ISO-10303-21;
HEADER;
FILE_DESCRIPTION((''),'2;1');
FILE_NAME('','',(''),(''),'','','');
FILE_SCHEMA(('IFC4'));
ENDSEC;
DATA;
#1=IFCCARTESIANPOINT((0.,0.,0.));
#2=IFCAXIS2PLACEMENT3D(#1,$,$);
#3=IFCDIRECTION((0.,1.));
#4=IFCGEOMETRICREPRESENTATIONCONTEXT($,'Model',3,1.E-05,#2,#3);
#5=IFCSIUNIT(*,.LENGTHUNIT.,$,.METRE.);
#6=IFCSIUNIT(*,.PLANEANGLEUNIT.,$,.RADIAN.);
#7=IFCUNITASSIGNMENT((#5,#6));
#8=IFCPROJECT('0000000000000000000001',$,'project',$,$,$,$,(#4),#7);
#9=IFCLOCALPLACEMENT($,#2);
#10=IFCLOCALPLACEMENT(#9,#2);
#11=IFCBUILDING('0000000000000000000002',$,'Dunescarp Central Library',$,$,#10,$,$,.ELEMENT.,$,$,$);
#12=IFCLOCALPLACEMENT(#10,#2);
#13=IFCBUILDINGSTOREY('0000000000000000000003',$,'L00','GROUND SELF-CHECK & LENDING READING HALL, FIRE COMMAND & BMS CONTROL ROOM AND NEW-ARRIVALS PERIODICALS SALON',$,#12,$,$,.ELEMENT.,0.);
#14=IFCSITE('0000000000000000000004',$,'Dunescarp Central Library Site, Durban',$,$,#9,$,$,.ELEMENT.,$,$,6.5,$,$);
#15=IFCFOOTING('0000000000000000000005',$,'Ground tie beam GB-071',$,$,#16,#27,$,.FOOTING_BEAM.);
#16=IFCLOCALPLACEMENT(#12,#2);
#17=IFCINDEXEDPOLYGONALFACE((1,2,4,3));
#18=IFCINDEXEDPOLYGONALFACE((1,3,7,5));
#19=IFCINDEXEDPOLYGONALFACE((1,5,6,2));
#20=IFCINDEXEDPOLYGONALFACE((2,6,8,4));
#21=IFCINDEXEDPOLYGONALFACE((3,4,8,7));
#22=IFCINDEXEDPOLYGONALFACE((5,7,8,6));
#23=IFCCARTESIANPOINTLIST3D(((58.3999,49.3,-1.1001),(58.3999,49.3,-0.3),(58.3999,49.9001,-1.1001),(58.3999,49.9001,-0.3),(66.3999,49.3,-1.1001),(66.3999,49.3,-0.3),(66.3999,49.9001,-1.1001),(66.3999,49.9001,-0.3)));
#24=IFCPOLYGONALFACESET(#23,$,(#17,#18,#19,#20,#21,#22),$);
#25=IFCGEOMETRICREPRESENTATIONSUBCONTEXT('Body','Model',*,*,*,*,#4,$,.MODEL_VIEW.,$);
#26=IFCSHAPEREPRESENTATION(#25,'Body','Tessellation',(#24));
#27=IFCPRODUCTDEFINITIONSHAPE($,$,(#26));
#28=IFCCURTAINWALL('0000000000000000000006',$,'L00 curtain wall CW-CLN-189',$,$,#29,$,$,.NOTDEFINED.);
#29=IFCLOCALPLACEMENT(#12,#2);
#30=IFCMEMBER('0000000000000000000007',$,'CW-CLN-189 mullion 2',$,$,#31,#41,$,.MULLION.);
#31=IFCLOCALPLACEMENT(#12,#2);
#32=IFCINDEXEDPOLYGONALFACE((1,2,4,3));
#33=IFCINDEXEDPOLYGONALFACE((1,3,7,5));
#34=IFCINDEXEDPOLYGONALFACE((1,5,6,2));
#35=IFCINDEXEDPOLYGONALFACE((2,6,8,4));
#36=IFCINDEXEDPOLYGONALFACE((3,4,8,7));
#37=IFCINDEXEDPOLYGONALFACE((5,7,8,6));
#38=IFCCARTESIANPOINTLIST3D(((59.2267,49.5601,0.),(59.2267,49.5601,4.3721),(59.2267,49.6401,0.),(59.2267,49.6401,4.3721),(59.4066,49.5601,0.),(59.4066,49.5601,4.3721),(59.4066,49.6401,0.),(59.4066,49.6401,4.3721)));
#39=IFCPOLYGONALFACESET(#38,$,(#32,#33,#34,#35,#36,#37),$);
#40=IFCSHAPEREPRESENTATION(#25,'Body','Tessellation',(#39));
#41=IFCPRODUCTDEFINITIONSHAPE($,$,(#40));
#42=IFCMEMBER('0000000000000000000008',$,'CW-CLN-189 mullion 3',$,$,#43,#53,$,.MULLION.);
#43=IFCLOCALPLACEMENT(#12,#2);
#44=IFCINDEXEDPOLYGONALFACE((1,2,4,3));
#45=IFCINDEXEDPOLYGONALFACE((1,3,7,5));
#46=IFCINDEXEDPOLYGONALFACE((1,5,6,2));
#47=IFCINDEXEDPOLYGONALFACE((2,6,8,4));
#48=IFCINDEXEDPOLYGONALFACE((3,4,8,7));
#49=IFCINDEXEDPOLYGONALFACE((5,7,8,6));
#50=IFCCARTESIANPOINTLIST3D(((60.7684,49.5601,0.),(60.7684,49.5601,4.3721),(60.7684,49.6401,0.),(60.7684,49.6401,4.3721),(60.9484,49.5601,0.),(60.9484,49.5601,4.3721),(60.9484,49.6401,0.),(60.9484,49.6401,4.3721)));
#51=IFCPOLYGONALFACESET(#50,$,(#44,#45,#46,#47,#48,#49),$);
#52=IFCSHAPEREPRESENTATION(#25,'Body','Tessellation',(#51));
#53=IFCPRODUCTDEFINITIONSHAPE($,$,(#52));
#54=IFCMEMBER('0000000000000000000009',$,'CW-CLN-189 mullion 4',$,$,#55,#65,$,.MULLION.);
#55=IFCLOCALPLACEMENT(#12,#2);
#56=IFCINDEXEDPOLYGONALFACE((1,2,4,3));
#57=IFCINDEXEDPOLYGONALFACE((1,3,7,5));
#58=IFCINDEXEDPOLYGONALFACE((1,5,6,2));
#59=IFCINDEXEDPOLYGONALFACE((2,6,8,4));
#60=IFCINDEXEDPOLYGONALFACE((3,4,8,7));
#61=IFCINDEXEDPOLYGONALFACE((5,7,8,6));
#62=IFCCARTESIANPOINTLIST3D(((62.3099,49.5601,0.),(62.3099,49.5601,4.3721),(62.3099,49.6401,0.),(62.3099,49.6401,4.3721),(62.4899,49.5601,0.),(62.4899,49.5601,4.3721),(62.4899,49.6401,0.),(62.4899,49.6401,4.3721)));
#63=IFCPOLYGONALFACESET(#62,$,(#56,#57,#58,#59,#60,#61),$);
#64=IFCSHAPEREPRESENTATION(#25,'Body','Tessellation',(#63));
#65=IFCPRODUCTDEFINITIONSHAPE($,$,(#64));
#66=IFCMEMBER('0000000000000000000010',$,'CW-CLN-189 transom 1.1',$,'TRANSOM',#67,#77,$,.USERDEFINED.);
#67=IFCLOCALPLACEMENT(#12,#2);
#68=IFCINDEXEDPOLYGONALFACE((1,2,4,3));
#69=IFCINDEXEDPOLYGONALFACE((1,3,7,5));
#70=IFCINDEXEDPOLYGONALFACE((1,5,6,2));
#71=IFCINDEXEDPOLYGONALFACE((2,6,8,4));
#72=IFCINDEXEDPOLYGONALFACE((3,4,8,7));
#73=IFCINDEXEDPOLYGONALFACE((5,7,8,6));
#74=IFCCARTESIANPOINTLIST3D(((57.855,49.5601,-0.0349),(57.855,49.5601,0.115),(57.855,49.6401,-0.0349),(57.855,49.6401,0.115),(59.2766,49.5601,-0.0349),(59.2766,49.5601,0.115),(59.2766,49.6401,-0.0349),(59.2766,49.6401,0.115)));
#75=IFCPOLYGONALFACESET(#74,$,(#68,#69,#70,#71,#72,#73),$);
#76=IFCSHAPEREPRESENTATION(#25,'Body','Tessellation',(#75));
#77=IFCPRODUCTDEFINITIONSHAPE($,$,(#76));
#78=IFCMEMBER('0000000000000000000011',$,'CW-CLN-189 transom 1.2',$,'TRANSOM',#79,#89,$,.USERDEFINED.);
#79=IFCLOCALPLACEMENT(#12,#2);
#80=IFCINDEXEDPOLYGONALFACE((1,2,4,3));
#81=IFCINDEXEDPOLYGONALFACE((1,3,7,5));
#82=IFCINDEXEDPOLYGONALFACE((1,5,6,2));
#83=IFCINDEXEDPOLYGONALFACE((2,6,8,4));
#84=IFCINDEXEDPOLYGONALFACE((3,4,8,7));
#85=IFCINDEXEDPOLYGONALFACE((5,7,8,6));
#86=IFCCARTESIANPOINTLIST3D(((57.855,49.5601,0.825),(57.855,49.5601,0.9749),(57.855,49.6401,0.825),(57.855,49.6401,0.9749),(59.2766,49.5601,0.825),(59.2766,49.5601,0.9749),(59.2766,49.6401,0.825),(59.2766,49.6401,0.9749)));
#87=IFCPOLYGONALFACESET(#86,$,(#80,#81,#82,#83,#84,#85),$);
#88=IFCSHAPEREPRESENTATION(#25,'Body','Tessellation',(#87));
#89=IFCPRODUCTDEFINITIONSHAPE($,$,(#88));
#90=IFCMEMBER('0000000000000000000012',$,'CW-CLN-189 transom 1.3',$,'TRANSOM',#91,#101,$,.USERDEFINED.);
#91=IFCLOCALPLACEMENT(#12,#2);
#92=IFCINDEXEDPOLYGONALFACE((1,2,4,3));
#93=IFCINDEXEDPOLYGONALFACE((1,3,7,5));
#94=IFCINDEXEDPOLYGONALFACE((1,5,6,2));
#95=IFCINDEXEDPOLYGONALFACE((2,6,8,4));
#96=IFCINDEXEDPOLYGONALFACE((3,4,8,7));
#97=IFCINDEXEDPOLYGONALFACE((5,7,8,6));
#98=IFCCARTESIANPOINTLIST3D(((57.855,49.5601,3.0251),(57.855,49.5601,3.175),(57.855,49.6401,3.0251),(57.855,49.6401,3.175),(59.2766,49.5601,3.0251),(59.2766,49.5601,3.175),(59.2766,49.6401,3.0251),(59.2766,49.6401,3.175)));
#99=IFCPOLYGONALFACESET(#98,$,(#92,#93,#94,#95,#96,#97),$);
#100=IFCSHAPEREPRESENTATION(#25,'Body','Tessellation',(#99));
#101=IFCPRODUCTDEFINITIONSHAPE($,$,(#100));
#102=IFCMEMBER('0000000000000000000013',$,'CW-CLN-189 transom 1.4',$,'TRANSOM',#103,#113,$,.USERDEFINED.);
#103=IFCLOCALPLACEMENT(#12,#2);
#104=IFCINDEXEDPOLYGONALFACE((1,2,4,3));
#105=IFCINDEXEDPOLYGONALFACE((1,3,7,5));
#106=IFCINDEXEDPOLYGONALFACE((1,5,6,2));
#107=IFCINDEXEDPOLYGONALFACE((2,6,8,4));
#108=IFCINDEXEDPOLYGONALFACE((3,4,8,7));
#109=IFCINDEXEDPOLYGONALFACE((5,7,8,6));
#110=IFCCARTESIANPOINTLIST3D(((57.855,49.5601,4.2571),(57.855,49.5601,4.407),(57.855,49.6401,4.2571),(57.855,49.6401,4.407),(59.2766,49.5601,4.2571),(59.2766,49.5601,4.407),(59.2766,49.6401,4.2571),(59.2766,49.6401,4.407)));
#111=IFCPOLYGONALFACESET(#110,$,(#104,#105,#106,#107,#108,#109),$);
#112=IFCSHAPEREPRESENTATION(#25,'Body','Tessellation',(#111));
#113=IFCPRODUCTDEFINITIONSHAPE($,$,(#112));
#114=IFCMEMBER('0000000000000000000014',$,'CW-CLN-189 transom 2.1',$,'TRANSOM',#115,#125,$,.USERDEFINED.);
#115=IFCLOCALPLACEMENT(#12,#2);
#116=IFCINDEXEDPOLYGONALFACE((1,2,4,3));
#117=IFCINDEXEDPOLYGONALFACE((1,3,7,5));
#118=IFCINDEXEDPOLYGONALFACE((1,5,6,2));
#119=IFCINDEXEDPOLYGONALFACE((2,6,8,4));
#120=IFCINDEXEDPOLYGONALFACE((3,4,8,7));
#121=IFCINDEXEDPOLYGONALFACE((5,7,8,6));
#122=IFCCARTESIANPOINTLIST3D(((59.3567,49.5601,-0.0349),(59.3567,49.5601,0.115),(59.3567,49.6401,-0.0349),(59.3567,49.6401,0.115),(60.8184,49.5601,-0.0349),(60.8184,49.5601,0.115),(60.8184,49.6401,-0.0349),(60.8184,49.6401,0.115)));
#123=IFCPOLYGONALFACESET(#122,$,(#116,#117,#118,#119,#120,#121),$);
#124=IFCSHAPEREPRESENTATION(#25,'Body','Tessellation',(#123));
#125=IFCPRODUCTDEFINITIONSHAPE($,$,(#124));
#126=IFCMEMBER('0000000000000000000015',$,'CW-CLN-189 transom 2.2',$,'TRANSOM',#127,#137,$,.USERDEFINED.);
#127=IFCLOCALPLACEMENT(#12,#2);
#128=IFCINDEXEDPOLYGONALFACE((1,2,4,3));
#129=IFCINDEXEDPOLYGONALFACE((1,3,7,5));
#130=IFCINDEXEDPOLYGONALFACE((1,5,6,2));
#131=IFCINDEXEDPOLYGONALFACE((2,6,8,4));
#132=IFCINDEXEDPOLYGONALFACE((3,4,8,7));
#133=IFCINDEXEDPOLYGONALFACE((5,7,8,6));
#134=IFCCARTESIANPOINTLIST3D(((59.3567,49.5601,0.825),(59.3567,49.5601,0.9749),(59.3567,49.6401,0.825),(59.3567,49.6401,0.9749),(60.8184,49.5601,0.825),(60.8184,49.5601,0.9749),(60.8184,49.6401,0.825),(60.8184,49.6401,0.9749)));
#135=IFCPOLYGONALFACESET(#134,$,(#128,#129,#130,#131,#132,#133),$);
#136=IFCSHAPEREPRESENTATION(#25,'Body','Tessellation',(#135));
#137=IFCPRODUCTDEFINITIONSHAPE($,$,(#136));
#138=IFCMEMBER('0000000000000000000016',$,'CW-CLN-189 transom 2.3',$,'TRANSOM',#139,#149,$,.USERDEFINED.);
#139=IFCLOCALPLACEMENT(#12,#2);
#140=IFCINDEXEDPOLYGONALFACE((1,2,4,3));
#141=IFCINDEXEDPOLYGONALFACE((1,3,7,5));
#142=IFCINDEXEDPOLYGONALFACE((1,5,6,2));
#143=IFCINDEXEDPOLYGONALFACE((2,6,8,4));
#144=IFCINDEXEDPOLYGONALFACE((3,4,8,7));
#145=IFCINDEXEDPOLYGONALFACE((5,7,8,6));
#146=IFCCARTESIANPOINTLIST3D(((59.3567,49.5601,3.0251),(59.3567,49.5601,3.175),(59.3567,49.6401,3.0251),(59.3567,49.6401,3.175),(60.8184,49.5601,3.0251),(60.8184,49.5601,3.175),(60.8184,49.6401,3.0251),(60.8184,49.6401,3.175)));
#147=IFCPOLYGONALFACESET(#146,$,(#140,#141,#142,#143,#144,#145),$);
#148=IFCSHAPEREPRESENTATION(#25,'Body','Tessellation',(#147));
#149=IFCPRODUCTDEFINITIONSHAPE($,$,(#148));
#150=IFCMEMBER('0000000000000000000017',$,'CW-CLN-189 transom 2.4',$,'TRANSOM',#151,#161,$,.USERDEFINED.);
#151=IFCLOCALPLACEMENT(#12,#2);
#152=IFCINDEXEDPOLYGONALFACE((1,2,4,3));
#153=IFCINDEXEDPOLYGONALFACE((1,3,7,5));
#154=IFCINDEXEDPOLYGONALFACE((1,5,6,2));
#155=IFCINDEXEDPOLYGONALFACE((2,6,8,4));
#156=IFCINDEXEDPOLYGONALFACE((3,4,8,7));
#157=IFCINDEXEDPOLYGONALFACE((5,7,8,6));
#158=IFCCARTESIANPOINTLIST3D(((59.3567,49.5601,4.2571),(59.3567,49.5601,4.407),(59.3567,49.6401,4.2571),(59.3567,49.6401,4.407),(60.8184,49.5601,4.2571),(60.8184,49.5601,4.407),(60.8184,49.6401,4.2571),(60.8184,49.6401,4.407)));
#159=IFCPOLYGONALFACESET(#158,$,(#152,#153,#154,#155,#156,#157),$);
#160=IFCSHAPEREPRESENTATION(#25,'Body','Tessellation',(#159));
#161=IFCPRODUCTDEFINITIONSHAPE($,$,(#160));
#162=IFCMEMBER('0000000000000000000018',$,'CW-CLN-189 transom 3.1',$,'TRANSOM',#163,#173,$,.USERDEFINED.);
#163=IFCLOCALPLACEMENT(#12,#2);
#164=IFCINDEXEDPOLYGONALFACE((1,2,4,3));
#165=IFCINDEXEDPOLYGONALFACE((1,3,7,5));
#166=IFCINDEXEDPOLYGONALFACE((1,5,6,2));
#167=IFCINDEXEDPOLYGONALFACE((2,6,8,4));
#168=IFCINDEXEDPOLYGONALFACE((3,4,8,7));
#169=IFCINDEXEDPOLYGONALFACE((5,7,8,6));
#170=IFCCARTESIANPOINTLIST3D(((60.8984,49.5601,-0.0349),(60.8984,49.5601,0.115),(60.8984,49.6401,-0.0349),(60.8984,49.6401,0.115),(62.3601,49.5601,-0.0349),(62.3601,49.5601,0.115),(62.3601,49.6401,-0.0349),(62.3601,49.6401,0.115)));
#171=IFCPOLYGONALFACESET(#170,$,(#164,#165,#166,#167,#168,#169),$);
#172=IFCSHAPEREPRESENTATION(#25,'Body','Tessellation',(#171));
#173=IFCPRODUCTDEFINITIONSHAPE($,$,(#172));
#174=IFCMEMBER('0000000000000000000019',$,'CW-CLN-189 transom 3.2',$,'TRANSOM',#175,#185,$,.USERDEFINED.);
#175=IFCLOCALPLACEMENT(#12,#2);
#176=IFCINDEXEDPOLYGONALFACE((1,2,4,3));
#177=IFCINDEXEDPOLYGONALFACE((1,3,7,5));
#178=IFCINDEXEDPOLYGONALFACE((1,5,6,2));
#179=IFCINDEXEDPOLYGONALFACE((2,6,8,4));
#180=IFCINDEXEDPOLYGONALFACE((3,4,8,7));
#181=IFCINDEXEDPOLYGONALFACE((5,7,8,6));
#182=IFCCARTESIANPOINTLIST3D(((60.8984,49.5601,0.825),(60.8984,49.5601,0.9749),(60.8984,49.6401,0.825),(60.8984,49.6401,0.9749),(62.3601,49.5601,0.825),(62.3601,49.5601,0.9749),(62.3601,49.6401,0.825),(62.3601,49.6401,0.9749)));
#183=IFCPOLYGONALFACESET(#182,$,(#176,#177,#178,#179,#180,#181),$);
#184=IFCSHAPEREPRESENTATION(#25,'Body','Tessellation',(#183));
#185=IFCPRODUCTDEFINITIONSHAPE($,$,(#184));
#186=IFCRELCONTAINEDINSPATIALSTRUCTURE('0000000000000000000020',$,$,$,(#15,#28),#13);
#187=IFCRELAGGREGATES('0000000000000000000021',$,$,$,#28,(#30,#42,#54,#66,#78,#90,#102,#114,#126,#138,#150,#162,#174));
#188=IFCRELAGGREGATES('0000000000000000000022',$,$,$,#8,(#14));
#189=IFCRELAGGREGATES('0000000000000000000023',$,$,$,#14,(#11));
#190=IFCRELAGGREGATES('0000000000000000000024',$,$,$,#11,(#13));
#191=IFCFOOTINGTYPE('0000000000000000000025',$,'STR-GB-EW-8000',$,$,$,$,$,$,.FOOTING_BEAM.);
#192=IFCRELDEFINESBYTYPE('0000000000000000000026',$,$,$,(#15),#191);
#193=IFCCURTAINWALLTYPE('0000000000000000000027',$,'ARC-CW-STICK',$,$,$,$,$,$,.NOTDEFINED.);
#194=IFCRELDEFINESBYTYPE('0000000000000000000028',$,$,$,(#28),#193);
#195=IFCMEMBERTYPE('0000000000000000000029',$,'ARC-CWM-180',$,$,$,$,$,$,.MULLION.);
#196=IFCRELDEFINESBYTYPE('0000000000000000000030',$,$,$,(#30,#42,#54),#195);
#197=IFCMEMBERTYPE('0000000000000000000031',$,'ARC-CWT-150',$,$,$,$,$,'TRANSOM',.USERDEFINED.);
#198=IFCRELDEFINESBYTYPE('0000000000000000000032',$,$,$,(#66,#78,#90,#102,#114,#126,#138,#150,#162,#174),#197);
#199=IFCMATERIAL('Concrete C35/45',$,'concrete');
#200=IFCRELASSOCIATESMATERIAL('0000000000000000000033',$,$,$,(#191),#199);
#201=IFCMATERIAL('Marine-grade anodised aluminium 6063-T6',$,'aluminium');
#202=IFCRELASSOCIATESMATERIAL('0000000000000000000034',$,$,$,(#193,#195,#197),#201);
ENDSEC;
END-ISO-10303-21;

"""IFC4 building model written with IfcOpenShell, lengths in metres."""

from ifc_helpers import new_model, si_unit, direction, frame, origin, origin_2d, place, context, subcontext, project, spatial, rectangle, extrude, material, material_profile, profile_set, type_object, element, aggregate, save


model = new_model("IFC4")

# Units and contexts
model_context = context("Model", 3, precision=1e-05, world=origin(), true_north=direction((0.0, 1.0)))
body_context = subcontext(model_context, "Body", "Model", "MODEL_VIEW")
ifc_project = project(units=[si_unit("LENGTHUNIT", "METRE"), si_unit("PLANEANGLEUNIT", "RADIAN")], contexts=[model_context])

# Site, building, storey
site_placement = place(None, origin())
site = spatial("IfcSite", under=ifc_project, at=site_placement, Name="Dunescarp Central Library Site, Durban", CompositionType="ELEMENT", RefElevation=6.5)
building_placement = place(site_placement, origin())
building = spatial("IfcBuilding", under=site, at=building_placement, Name="Dunescarp Central Library", CompositionType="ELEMENT")
storey_placement = place(building_placement, origin())
storey = spatial("IfcBuildingStorey", under=building, at=storey_placement, Name="L00", Description="GROUND SELF-CHECK & LENDING READING HALL, FIRE COMMAND & BMS CONTROL ROOM AND NEW-ARRIVALS PERIODICALS SALON", CompositionType="ELEMENT", Elevation=0.0)

# Footing
ifc_material_1 = material(Name="Concrete C35/45", Category="concrete")
footing_type = type_object("IfcFootingType", Name="STR-GB-EW-8000", PredefinedType="FOOTING_BEAM", material=ifc_material_1)
footing_placement = place(storey_placement, frame((62.3999, 49.6001, -1.1001), z_axis=(0.0, 0.0, 1.0), x_axis=(1.0, 0.0, 0.0)))
element("IfcFooting", 1, at=footing_placement, inside=storey, type_object=footing_type, Name="Ground tie beam GB-071", PredefinedType="FOOTING_BEAM", context=body_context, shape_type="SweptSolid", body=[
    extrude(rectangle(XDim=8.0, YDim=0.6001, at=origin_2d()), origin(), (0.0, 0.0, 1.0), 0.8),
])

# Curtain wall, members
ifc_material_2 = material(Name="Marine-grade anodised aluminium 6063-T6", Category="aluminium")
curtain_wall_type = type_object("IfcCurtainWallType", Name="ARC-CW-STICK", PredefinedType="NOTDEFINED", material=ifc_material_2)
curtain_wall_placement = place(storey_placement, origin())
curtain_wall = element("IfcCurtainWall", 2, at=curtain_wall_placement, inside=storey, type_object=curtain_wall_type, Name="L00 curtain wall CW-CLN-189", PredefinedType="NOTDEFINED")
ifc_material_profile_1 = material_profile(ifc_material_2, rectangle(XDim=0.0801, YDim=0.1799, at=origin_2d()), Name="AL 80x180")
ifc_profile_set_1 = profile_set([ifc_material_profile_1], Name="Marine-grade anodised aluminium 6063-T6")
member_type_1 = type_object("IfcMemberType", Name="ARC-CWM-180", PredefinedType="MULLION", material=ifc_profile_set_1)
member_1_placement = place(storey_placement, frame((59.3167, 49.6001, 0.0), z_axis=(0.0, 0.0, 1.0), x_axis=(0.0, 1.0, 0.0)))
member_1 = element("IfcMember", 3, at=member_1_placement, type_object=member_type_1, Name="CW-CLN-189 mullion 2", PredefinedType="MULLION", context=body_context, shape_type="SweptSolid", body=[
    extrude(rectangle(XDim=0.0801, YDim=0.1799, at=origin_2d()), origin(), (0.0, 0.0, 1.0), 4.3721),
])
member_2_placement = place(storey_placement, frame((60.8584, 49.6001, 0.0), z_axis=(0.0, 0.0, 1.0), x_axis=(0.0, 1.0, 0.0)))
member_2 = element("IfcMember", 4, at=member_2_placement, type_object=member_type_1, Name="CW-CLN-189 mullion 3", PredefinedType="MULLION", context=body_context, shape_type="SweptSolid", body=[
    extrude(rectangle(XDim=0.0801, YDim=0.1799, at=origin_2d()), origin(), (0.0, 0.0, 1.0), 4.3721),
])
member_3_placement = place(storey_placement, frame((62.3999, 49.6001, 0.0), z_axis=(0.0, 0.0, 1.0), x_axis=(0.0, 1.0, 0.0)))
member_3 = element("IfcMember", 5, at=member_3_placement, type_object=member_type_1, Name="CW-CLN-189 mullion 4", PredefinedType="MULLION", context=body_context, shape_type="SweptSolid", body=[
    extrude(rectangle(XDim=0.0801, YDim=0.1799, at=origin_2d()), origin(), (0.0, 0.0, 1.0), 4.3721),
])
ifc_material_profile_2 = material_profile(ifc_material_2, rectangle(XDim=0.0801, YDim=0.1499, at=origin_2d()), Name="AL 80x150")
ifc_profile_set_2 = profile_set([ifc_material_profile_2], Name="Marine-grade anodised aluminium 6063-T6")
member_type_2 = type_object("IfcMemberType", Name="ARC-CWT-150", ElementType="TRANSOM", PredefinedType="USERDEFINED", material=ifc_profile_set_2)
member_4_placement = place(storey_placement, frame((57.855, 49.6001, 0.04), z_axis=(1.0, 0.0, 0.0), x_axis=(0.0, 1.0, 0.0)))
member_4 = element("IfcMember", 6, at=member_4_placement, type_object=member_type_2, Name="CW-CLN-189 transom 1.1", ObjectType="TRANSOM", PredefinedType="USERDEFINED", context=body_context, shape_type="SweptSolid", body=[
    extrude(rectangle(XDim=0.0801, YDim=0.1499, at=origin_2d()), origin(), (0.0, 0.0, 1.0), 1.4216),
])
member_5_placement = place(storey_placement, frame((57.855, 49.6001, 0.8999), z_axis=(1.0, 0.0, 0.0), x_axis=(0.0, 1.0, 0.0)))
member_5 = element("IfcMember", 7, at=member_5_placement, type_object=member_type_2, Name="CW-CLN-189 transom 1.2", ObjectType="TRANSOM", PredefinedType="USERDEFINED", context=body_context, shape_type="SweptSolid", body=[
    extrude(rectangle(XDim=0.0801, YDim=0.1499, at=origin_2d()), origin(), (0.0, 0.0, 1.0), 1.4216),
])
member_6_placement = place(storey_placement, frame((57.855, 49.6001, 3.1001), z_axis=(1.0, 0.0, 0.0), x_axis=(0.0, 1.0, 0.0)))
member_6 = element("IfcMember", 8, at=member_6_placement, type_object=member_type_2, Name="CW-CLN-189 transom 1.3", ObjectType="TRANSOM", PredefinedType="USERDEFINED", context=body_context, shape_type="SweptSolid", body=[
    extrude(rectangle(XDim=0.0801, YDim=0.1499, at=origin_2d()), origin(), (0.0, 0.0, 1.0), 1.4216),
])
member_7_placement = place(storey_placement, frame((57.855, 49.6001, 4.332), z_axis=(1.0, 0.0, 0.0), x_axis=(0.0, 1.0, 0.0)))
member_7 = element("IfcMember", 9, at=member_7_placement, type_object=member_type_2, Name="CW-CLN-189 transom 1.4", ObjectType="TRANSOM", PredefinedType="USERDEFINED", context=body_context, shape_type="SweptSolid", body=[
    extrude(rectangle(XDim=0.0801, YDim=0.1499, at=origin_2d()), origin(), (0.0, 0.0, 1.0), 1.4216),
])
member_8_placement = place(storey_placement, frame((59.3567, 49.6001, 0.04), z_axis=(1.0, 0.0, 0.0), x_axis=(0.0, 1.0, 0.0)))
member_8 = element("IfcMember", 10, at=member_8_placement, type_object=member_type_2, Name="CW-CLN-189 transom 2.1", ObjectType="TRANSOM", PredefinedType="USERDEFINED", context=body_context, shape_type="SweptSolid", body=[
    extrude(rectangle(XDim=0.0801, YDim=0.1499, at=origin_2d()), origin(), (0.0, 0.0, 1.0), 1.4617),
])
member_9_placement = place(storey_placement, frame((59.3567, 49.6001, 0.8999), z_axis=(1.0, 0.0, 0.0), x_axis=(0.0, 1.0, 0.0)))
member_9 = element("IfcMember", 11, at=member_9_placement, type_object=member_type_2, Name="CW-CLN-189 transom 2.2", ObjectType="TRANSOM", PredefinedType="USERDEFINED", context=body_context, shape_type="SweptSolid", body=[
    extrude(rectangle(XDim=0.0801, YDim=0.1499, at=origin_2d()), origin(), (0.0, 0.0, 1.0), 1.4617),
])
member_10_placement = place(storey_placement, frame((59.3567, 49.6001, 3.1001), z_axis=(1.0, 0.0, 0.0), x_axis=(0.0, 1.0, 0.0)))
member_10 = element("IfcMember", 12, at=member_10_placement, type_object=member_type_2, Name="CW-CLN-189 transom 2.3", ObjectType="TRANSOM", PredefinedType="USERDEFINED", context=body_context, shape_type="SweptSolid", body=[
    extrude(rectangle(XDim=0.0801, YDim=0.1499, at=origin_2d()), origin(), (0.0, 0.0, 1.0), 1.4617),
])
member_11_placement = place(storey_placement, frame((59.3567, 49.6001, 4.332), z_axis=(1.0, 0.0, 0.0), x_axis=(0.0, 1.0, 0.0)))
member_11 = element("IfcMember", 13, at=member_11_placement, type_object=member_type_2, Name="CW-CLN-189 transom 2.4", ObjectType="TRANSOM", PredefinedType="USERDEFINED", context=body_context, shape_type="SweptSolid", body=[
    extrude(rectangle(XDim=0.0801, YDim=0.1499, at=origin_2d()), origin(), (0.0, 0.0, 1.0), 1.4617),
])
member_12_placement = place(storey_placement, frame((60.8984, 49.6001, 0.04), z_axis=(1.0, 0.0, 0.0), x_axis=(0.0, 1.0, 0.0)))
member_12 = element("IfcMember", 14, at=member_12_placement, type_object=member_type_2, Name="CW-CLN-189 transom 3.1", ObjectType="TRANSOM", PredefinedType="USERDEFINED", context=body_context, shape_type="SweptSolid", body=[
    extrude(rectangle(XDim=0.0801, YDim=0.1499, at=origin_2d()), origin(), (0.0, 0.0, 1.0), 1.4617),
])
member_13_placement = place(storey_placement, frame((60.8984, 49.6001, 0.8999), z_axis=(1.0, 0.0, 0.0), x_axis=(0.0, 1.0, 0.0)))
member_13 = element("IfcMember", 15, at=member_13_placement, type_object=member_type_2, Name="CW-CLN-189 transom 3.2", ObjectType="TRANSOM", PredefinedType="USERDEFINED", context=body_context, shape_type="SweptSolid", body=[
    extrude(rectangle(XDim=0.0801, YDim=0.1499, at=origin_2d()), origin(), (0.0, 0.0, 1.0), 1.4617),
])
aggregate(curtain_wall, [member_1, member_2, member_3, member_4, member_5, member_6, member_7, member_8, member_9, member_10, member_11, member_12, member_13])

save(model, "model.ifc")
